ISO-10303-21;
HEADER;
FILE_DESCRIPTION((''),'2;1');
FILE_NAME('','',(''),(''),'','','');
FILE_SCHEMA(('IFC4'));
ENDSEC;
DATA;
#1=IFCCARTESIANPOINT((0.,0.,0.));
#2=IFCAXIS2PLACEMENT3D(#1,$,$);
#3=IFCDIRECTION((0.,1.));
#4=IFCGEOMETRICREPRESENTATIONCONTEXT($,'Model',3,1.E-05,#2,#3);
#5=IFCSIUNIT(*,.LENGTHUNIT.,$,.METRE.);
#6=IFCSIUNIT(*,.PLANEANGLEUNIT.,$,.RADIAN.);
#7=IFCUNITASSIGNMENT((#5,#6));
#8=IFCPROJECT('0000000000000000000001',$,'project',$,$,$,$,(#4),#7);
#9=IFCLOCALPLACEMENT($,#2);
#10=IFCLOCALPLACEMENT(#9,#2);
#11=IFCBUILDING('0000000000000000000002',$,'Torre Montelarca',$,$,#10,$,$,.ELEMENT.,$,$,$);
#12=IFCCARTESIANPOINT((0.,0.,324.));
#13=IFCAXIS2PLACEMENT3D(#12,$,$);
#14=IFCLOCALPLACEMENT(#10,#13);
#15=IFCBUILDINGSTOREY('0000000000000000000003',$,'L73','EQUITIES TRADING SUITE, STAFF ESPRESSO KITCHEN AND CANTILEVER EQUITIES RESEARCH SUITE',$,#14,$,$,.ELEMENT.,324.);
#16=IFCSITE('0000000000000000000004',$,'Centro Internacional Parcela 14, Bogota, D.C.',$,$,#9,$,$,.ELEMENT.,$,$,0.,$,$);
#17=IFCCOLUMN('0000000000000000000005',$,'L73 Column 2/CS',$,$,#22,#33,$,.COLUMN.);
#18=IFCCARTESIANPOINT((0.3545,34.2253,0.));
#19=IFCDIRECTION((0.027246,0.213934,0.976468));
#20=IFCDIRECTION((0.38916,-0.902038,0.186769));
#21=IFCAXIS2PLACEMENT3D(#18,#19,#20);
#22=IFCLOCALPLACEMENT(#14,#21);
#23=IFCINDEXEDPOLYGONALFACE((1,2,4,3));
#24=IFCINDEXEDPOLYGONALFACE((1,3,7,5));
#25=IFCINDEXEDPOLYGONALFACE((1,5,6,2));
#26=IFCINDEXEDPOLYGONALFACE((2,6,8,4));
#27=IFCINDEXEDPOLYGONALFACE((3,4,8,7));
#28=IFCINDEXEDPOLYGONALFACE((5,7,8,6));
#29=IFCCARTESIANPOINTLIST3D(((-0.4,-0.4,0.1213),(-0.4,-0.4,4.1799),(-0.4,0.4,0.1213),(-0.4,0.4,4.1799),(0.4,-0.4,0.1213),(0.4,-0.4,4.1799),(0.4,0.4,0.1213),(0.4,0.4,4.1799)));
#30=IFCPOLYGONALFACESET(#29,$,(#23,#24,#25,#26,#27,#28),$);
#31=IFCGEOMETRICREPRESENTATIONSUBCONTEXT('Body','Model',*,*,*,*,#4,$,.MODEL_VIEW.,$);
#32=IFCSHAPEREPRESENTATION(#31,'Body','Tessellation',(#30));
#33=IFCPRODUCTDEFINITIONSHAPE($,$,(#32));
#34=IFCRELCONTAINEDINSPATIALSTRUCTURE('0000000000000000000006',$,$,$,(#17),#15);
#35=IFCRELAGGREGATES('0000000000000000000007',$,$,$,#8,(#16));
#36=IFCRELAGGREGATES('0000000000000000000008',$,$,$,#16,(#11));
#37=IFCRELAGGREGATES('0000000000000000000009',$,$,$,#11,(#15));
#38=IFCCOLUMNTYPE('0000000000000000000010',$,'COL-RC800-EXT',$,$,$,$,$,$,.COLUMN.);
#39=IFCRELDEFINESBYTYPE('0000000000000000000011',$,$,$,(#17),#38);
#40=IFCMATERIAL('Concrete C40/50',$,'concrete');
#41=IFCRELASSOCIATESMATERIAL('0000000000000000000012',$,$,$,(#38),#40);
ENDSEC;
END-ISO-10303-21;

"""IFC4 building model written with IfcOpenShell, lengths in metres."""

from ifc_helpers import new_model, si_unit, direction, frame, origin, origin_2d, place, context, subcontext, project, spatial, rectangle, extrude, clip, halfspace, material, material_profile, profile_set, type_object, element, save


model = new_model("IFC4")

# Units and contexts
model_context = context("Model", 3, precision=1e-05, world=origin(), true_north=direction((0.0, 1.0)))
body_context = subcontext(model_context, "Body", "Model", "MODEL_VIEW")
ifc_project = project(units=[si_unit("LENGTHUNIT", "METRE"), si_unit("PLANEANGLEUNIT", "RADIAN")], contexts=[model_context])

# Site, building, storey
site_placement = place(None, origin())
site = spatial("IfcSite", under=ifc_project, at=site_placement, Name="Centro Internacional Parcela 14, Bogota, D.C.", CompositionType="ELEMENT", RefElevation=0.0)
building_placement = place(site_placement, origin())
building = spatial("IfcBuilding", under=site, at=building_placement, Name="Torre Montelarca", CompositionType="ELEMENT")
storey_placement = place(building_placement, frame((0.0, 0.0, 324.0)))
storey = spatial("IfcBuildingStorey", under=building, at=storey_placement, Name="L73", Description="EQUITIES TRADING SUITE, STAFF ESPRESSO KITCHEN AND CANTILEVER EQUITIES RESEARCH SUITE", CompositionType="ELEMENT", Elevation=324.0)

# Column
ifc_material_1 = material(Name="Concrete C40/50", Category="concrete")
ifc_material_profile_1 = material_profile(ifc_material_1, rectangle(XDim=0.8, YDim=0.8, at=origin_2d()), Name="RC800X800", Category="concrete")
ifc_profile_set_1 = profile_set([ifc_material_profile_1], Name="Concrete C40/50")
column_type = type_object("IfcColumnType", Name="COL-RC800-EXT", PredefinedType="COLUMN", material=ifc_profile_set_1)
column_placement = place(storey_placement, frame((0.3545, 34.2253, 0.0), z_axis=(0.027246, 0.213934, 0.976468), x_axis=(0.38916, -0.902038, 0.186769)))
element("IfcColumn", 1, at=column_placement, inside=storey, type_object=column_type, Name="L73 Column 2/CS", PredefinedType="COLUMN", context=body_context, shape_type="Clipping", body=[
    clip(clip(extrude(rectangle(XDim=0.8, YDim=0.8, at=origin_2d()), origin(), (0.0, 0.0, 1.0), 4.3013), halfspace(frame((0.0, 0.0, 0.1213), z_axis=(0.0, 0.0, -1.0), x_axis=(1.0, 0.0, 0.0)), False)), halfspace(frame((0.0, 0.0, 4.1799), z_axis=(0.0, 0.0, 1.0), x_axis=(1.0, 0.0, 0.0)), False)),
])

save(model, "model.ifc")
